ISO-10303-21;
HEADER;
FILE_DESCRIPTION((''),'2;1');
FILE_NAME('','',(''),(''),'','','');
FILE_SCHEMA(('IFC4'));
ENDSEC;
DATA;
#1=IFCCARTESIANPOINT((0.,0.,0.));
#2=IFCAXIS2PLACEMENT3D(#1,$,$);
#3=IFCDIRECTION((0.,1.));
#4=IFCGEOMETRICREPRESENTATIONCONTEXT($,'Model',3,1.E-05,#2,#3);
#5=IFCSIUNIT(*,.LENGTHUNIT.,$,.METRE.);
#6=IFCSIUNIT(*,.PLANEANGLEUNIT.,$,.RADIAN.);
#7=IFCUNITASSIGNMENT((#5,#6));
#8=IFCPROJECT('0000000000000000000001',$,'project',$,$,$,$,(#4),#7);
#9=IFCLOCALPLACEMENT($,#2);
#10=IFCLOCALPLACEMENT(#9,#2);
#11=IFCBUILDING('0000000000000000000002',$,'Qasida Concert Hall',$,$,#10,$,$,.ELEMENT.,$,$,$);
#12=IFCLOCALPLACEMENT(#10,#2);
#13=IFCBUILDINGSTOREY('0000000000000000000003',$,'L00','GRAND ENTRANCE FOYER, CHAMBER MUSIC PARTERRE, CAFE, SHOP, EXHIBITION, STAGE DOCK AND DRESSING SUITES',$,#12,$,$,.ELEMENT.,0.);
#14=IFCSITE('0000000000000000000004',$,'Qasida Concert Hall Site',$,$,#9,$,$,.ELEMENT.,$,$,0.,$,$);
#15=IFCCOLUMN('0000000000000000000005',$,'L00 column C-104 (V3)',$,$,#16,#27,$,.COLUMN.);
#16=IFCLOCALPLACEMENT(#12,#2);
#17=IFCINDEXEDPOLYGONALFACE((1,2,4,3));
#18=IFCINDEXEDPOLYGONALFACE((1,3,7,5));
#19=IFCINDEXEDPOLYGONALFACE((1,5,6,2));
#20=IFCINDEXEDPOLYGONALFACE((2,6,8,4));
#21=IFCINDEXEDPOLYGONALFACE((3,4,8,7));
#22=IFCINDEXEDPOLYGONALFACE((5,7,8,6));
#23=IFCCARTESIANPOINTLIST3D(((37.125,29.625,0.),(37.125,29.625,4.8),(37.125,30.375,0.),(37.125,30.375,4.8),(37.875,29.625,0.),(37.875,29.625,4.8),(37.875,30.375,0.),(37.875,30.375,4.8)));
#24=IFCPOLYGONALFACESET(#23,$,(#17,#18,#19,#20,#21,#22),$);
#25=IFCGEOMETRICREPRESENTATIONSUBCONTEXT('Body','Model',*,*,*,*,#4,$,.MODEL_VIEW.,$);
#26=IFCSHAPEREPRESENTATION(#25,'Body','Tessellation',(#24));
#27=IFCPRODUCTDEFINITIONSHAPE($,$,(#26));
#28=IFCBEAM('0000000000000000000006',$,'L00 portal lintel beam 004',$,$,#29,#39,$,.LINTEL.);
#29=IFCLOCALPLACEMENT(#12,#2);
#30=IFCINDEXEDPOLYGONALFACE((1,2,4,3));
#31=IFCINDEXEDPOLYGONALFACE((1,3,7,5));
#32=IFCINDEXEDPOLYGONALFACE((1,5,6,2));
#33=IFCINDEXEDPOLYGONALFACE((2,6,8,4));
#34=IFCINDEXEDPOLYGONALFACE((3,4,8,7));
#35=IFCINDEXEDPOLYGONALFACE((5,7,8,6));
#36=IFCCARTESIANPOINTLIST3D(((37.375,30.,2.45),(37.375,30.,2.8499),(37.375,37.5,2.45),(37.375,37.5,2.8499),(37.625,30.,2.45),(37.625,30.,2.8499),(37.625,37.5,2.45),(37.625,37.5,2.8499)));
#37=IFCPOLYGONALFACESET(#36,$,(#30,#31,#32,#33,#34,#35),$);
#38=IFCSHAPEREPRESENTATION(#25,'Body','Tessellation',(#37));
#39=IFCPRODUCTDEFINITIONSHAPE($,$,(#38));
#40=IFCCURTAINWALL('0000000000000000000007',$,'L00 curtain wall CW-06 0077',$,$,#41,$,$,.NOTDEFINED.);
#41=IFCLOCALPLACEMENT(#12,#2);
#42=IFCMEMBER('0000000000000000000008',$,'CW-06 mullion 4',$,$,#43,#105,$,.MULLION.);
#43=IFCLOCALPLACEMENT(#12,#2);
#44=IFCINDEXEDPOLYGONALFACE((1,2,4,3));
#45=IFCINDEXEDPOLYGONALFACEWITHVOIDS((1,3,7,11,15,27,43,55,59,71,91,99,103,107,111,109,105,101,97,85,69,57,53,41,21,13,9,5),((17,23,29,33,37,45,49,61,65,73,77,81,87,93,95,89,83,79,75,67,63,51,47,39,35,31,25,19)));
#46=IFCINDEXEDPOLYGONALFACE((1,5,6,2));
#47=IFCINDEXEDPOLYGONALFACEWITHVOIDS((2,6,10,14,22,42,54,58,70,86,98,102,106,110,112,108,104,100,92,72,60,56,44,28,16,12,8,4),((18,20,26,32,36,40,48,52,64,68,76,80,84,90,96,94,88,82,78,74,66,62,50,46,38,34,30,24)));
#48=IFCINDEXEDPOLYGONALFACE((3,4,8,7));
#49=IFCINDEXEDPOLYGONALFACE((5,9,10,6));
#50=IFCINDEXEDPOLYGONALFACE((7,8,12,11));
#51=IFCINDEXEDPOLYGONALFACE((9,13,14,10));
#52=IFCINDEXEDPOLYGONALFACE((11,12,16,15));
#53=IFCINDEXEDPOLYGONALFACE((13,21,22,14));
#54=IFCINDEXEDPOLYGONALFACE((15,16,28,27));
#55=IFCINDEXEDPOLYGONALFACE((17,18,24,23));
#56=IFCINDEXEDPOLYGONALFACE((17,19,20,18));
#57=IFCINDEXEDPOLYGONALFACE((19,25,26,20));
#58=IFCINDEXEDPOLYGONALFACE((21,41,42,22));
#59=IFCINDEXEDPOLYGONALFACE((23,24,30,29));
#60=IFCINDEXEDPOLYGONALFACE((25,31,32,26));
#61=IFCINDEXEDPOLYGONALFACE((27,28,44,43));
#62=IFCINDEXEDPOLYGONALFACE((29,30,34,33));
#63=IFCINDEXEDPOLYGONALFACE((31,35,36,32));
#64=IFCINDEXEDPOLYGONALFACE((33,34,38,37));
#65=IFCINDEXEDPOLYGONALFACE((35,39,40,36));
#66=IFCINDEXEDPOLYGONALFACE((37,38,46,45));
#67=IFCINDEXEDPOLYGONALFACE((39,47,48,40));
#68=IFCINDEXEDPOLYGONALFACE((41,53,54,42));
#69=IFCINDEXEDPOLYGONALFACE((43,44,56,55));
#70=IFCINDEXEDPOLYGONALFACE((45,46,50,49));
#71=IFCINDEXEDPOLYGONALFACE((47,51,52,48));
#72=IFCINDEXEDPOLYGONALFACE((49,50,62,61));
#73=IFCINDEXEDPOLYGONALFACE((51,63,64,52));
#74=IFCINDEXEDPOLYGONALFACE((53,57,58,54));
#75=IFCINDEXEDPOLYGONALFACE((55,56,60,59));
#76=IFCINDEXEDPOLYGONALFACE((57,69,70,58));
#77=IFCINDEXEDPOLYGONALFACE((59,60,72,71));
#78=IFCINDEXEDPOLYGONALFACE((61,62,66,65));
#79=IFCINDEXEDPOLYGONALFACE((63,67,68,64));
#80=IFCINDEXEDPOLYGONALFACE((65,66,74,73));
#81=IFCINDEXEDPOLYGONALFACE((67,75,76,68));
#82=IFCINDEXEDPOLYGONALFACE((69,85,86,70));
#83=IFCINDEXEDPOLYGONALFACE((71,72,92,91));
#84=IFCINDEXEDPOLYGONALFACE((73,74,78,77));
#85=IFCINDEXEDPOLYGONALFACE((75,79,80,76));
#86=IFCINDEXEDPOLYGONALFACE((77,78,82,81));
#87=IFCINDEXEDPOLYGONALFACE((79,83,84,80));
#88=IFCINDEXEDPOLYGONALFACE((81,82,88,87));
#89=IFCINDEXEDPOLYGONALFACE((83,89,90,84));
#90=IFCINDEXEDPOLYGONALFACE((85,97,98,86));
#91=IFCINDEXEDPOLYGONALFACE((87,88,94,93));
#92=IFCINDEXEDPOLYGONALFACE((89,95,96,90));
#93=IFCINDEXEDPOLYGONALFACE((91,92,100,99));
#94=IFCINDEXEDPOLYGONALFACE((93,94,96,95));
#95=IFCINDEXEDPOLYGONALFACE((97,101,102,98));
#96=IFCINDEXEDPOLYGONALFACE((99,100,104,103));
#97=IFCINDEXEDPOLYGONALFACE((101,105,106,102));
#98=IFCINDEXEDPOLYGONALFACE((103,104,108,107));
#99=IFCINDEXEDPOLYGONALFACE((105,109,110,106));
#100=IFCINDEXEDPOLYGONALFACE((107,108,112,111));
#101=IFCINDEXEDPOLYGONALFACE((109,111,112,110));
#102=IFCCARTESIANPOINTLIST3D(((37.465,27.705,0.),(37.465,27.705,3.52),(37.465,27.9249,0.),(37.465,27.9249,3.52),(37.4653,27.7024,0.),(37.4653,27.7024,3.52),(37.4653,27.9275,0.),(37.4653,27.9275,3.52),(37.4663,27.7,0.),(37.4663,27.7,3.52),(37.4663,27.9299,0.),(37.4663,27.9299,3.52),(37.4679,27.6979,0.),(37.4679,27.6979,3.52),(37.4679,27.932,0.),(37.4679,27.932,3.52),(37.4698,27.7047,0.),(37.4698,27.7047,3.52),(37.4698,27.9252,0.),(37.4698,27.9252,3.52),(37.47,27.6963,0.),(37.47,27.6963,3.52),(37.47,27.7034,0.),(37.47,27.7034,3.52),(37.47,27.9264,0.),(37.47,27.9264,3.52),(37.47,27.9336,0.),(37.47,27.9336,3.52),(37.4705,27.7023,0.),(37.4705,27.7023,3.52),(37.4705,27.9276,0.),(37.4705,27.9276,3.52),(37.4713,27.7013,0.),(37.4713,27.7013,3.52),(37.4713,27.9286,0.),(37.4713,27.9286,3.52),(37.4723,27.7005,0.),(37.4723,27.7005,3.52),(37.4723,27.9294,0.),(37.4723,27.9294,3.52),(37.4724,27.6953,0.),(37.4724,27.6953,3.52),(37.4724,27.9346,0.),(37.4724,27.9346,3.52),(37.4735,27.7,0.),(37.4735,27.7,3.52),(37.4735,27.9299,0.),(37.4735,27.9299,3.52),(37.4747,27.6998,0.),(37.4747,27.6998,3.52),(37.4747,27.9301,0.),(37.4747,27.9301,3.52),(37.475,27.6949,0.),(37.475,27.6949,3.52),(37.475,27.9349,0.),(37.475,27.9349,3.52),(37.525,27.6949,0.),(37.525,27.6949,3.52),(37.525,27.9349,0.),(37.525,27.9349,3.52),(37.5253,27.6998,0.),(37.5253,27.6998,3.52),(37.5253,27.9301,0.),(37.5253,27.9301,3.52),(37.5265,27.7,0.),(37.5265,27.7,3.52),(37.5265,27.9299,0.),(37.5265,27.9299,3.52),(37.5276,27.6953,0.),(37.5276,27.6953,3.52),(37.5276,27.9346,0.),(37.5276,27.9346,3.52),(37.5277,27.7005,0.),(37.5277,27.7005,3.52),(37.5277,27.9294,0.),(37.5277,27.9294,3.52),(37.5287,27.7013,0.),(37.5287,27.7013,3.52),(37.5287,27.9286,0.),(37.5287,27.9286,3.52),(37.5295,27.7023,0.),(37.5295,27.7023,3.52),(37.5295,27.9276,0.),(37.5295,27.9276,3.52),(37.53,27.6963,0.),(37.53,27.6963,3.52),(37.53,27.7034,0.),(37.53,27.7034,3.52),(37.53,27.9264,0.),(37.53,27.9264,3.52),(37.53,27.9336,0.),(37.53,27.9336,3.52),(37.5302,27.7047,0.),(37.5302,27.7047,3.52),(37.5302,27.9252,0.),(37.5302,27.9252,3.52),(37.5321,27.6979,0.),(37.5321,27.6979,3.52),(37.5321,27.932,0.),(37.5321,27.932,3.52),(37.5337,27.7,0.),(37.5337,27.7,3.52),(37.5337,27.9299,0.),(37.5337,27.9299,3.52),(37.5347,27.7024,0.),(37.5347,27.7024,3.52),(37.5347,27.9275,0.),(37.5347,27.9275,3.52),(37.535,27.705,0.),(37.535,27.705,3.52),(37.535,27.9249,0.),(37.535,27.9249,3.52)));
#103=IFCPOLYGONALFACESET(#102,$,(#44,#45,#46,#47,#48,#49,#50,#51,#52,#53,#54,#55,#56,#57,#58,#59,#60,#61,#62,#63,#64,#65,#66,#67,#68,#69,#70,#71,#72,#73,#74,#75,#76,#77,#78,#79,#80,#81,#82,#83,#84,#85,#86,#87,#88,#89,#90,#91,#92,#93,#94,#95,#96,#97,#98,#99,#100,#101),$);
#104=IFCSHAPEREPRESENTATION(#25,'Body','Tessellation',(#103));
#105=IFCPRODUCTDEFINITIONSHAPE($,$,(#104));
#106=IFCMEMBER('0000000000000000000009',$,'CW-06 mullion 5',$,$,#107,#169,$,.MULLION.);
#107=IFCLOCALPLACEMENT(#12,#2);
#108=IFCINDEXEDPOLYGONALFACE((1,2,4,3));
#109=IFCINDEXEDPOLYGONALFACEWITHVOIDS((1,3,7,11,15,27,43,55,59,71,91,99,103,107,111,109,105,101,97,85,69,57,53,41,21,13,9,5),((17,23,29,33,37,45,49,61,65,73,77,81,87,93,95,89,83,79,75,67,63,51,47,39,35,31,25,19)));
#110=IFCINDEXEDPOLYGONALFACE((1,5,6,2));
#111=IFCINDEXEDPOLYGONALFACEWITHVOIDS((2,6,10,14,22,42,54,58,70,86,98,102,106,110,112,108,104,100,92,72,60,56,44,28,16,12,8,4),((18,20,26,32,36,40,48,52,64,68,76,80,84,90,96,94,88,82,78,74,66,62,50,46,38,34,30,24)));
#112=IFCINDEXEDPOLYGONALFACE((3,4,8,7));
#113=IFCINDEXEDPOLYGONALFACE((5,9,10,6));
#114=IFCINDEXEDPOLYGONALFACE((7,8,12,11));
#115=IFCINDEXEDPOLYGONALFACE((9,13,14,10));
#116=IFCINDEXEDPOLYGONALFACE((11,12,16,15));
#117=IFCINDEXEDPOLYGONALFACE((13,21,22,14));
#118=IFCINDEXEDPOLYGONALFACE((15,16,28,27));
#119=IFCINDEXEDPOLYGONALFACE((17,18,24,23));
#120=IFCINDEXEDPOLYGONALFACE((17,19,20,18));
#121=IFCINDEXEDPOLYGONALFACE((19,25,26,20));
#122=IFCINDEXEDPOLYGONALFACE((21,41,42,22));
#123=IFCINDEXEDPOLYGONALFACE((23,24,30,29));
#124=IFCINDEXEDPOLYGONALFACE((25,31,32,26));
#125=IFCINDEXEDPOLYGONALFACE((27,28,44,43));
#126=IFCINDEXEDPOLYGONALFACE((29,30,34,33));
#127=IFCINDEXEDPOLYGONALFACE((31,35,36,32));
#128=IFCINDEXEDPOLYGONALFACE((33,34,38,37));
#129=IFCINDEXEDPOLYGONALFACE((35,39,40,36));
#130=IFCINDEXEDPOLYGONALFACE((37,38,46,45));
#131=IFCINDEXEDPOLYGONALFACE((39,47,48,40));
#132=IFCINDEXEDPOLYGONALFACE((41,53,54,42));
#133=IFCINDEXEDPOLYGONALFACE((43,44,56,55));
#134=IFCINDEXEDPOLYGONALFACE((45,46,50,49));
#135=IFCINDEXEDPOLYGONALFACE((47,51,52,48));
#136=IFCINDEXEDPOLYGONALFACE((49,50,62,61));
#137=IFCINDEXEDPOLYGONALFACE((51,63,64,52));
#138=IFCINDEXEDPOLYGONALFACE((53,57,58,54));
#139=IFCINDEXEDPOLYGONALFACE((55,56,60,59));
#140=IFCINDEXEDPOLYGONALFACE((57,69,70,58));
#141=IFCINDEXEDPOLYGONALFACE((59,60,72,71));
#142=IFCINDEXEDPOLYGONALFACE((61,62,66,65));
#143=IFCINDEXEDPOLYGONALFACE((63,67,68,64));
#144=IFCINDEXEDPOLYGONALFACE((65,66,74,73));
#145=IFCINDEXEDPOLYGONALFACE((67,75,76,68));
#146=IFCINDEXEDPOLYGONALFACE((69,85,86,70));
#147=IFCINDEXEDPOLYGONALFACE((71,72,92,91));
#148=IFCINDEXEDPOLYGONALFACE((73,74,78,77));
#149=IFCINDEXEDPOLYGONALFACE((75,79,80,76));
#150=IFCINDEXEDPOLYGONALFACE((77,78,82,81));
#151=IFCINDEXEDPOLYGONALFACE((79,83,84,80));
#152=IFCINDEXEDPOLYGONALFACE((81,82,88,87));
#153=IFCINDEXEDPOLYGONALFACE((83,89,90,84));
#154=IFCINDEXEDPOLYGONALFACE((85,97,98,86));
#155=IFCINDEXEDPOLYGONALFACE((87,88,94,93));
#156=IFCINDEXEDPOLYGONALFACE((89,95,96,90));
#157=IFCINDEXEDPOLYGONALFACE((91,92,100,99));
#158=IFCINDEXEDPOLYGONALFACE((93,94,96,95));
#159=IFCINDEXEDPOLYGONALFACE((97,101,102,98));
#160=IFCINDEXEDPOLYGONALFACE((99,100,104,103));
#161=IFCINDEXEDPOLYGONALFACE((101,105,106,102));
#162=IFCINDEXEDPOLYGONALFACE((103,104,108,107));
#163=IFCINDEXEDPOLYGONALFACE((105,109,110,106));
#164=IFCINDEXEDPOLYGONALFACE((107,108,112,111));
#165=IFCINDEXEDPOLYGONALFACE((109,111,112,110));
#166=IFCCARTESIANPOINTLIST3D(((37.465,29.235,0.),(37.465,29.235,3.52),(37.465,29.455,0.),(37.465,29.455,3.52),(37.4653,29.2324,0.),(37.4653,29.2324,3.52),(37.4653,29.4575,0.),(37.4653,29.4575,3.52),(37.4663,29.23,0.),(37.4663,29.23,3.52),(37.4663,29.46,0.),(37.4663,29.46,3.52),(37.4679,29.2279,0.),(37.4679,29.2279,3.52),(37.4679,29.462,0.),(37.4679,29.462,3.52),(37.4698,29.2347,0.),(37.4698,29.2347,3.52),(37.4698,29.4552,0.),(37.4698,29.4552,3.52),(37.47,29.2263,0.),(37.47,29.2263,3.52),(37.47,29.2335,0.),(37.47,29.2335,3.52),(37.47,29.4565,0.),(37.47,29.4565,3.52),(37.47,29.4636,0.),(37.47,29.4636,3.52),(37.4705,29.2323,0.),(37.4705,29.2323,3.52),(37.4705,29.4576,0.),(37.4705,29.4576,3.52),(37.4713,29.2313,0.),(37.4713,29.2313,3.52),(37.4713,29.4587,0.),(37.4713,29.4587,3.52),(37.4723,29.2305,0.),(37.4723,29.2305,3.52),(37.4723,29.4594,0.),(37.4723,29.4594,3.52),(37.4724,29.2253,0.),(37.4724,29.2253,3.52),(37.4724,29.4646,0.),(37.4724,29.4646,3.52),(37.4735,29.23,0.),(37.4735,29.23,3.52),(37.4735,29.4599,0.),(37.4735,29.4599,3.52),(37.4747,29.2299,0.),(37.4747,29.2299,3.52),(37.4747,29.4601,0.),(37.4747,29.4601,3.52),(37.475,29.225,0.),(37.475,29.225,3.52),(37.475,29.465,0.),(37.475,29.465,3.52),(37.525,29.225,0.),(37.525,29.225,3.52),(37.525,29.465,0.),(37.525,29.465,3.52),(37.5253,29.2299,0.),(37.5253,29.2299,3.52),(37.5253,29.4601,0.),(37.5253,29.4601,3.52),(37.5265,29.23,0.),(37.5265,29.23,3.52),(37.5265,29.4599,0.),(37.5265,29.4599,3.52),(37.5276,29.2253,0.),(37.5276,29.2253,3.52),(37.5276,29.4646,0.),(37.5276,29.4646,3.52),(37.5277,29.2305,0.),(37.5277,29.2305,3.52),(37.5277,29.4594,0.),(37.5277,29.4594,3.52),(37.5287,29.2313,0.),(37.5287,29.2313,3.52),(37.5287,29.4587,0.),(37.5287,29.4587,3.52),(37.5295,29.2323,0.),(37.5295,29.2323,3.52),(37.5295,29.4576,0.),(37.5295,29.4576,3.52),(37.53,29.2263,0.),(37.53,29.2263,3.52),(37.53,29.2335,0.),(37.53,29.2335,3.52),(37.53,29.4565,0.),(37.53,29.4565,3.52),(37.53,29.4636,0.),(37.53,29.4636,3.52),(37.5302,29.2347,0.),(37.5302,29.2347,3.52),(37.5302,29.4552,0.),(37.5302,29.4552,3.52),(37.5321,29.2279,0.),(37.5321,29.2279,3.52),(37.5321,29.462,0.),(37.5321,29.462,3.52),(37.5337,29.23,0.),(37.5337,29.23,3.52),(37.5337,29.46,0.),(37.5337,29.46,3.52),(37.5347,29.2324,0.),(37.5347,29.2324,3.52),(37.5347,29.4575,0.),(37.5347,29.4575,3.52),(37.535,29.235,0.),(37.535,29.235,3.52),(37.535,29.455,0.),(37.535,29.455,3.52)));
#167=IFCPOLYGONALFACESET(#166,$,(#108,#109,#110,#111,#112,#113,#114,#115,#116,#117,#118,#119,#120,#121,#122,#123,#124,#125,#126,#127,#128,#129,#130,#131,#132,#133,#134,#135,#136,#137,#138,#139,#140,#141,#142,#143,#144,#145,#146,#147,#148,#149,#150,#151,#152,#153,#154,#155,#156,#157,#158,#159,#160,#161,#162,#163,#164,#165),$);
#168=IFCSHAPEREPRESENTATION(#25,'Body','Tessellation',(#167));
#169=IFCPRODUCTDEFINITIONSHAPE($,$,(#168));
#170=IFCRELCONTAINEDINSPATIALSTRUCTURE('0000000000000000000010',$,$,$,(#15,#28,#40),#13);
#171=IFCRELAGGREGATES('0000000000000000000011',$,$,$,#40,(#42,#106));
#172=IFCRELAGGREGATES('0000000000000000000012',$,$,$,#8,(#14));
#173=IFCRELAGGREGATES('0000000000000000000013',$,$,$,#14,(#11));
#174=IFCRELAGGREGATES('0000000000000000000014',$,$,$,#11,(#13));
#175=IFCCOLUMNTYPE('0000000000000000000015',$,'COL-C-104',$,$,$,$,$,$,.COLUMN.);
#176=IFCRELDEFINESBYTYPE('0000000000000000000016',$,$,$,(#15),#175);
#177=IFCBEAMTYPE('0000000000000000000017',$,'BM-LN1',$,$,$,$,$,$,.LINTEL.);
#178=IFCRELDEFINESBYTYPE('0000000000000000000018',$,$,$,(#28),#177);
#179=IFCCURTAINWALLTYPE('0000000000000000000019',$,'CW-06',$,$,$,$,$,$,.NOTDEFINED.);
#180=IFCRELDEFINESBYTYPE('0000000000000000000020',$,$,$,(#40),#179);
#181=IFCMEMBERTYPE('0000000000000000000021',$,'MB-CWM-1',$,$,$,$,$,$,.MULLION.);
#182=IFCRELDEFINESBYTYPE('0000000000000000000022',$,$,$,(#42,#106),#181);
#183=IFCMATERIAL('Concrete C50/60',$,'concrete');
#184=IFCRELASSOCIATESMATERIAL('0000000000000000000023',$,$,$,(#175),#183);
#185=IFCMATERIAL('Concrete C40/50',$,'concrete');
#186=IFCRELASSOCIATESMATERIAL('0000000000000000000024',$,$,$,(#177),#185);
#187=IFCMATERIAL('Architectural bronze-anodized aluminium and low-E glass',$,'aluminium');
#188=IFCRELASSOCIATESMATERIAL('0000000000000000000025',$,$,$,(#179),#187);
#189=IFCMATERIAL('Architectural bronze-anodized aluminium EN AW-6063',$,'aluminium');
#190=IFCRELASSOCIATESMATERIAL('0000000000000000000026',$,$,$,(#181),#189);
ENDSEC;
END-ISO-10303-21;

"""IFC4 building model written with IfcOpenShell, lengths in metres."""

from ifc_helpers import new_model, si_unit, direction, frame, origin, origin_2d, place, context, subcontext, project, spatial, rectangle, hollow_rectangle, extrude, material, material_profile, profile_set, type_object, element, aggregate, save


model = new_model("IFC4")

# Units and contexts
model_context = context("Model", 3, precision=1e-05, world=origin(), true_north=direction((0.0, 1.0)))
body_context = subcontext(model_context, "Body", "Model", "MODEL_VIEW")
ifc_project = project(units=[si_unit("LENGTHUNIT", "METRE"), si_unit("PLANEANGLEUNIT", "RADIAN")], contexts=[model_context])

# Site, building, storey
site_placement = place(None, origin())
site = spatial("IfcSite", under=ifc_project, at=site_placement, Name="Qasida Concert Hall Site", CompositionType="ELEMENT", RefElevation=0.0)
building_placement = place(site_placement, origin())
building = spatial("IfcBuilding", under=site, at=building_placement, Name="Qasida Concert Hall", CompositionType="ELEMENT")
storey_placement = place(building_placement, origin())
storey = spatial("IfcBuildingStorey", under=building, at=storey_placement, Name="L00", Description="GRAND ENTRANCE FOYER, CHAMBER MUSIC PARTERRE, CAFE, SHOP, EXHIBITION, STAGE DOCK AND DRESSING SUITES", CompositionType="ELEMENT", Elevation=0.0)

# Column
ifc_material_1 = material(Name="Concrete C50/60", Category="concrete")
ifc_material_profile_1 = material_profile(ifc_material_1, rectangle(XDim=0.75, YDim=0.75, at=origin_2d()), Name="RC 750x750")
ifc_profile_set_1 = profile_set([ifc_material_profile_1], Name="Concrete C50/60")
column_type = type_object("IfcColumnType", Name="COL-C-104", PredefinedType="COLUMN", material=ifc_profile_set_1)
column_placement = place(storey_placement, frame((37.5, 30.0, 0.0), z_axis=(0.0, 0.0, 1.0), x_axis=(1.0, 0.0, 0.0)))
element("IfcColumn", 1, at=column_placement, inside=storey, type_object=column_type, Name="L00 column C-104 (V3)", PredefinedType="COLUMN", context=body_context, shape_type="SweptSolid", body=[
    extrude(rectangle(XDim=0.75, YDim=0.75, at=origin_2d()), origin(), (0.0, 0.0, 1.0), 4.8),
])

# Beam
ifc_material_2 = material(Name="Concrete C40/50", Category="concrete")
ifc_material_profile_2 = material_profile(ifc_material_2, rectangle(XDim=0.25, YDim=0.3999, at=origin_2d()), Name="RC 250x400")
ifc_profile_set_2 = profile_set([ifc_material_profile_2], Name="Concrete C40/50")
beam_type = type_object("IfcBeamType", Name="BM-LN1", PredefinedType="LINTEL", material=ifc_profile_set_2)
beam_placement = place(storey_placement, frame((37.5, 30.0, 2.6499), z_axis=(0.0, 1.0, 0.0), x_axis=(-1.0, 0.0, 0.0)))
element("IfcBeam", 2, at=beam_placement, inside=storey, type_object=beam_type, Name="L00 portal lintel beam 004", PredefinedType="LINTEL", context=body_context, shape_type="SweptSolid", body=[
    extrude(rectangle(XDim=0.25, YDim=0.3999, at=origin_2d()), origin(), (0.0, 0.0, 1.0), 7.5),
])

# Curtain wall, members
ifc_material_3 = material(Name="Architectural bronze-anodized aluminium and low-E glass", Category="aluminium")
curtain_wall_type_1 = type_object("IfcCurtainWallType", Name="CW-06", PredefinedType="NOTDEFINED", material=ifc_material_3)
curtain_wall_1_placement = place(storey_placement, origin())
curtain_wall_1 = element("IfcCurtainWall", 3, at=curtain_wall_1_placement, inside=storey, type_object=curtain_wall_type_1, Name="L00 curtain wall CW-06 0077", PredefinedType="NOTDEFINED")
ifc_material_4 = material(Name="Architectural bronze-anodized aluminium EN AW-6063", Category="aluminium")
ifc_material_profile_3 = material_profile(ifc_material_4, hollow_rectangle(XDim=0.0701, YDim=0.24, WallThickness=0.0049, InnerFilletRadius=0.0049, OuterFilletRadius=0.01, at=origin_2d()), Name="CWM 240x70x5")
ifc_profile_set_3 = profile_set([ifc_material_profile_3], Name="Architectural bronze-anodized aluminium EN AW-6063")
member_type_1 = type_object("IfcMemberType", Name="MB-CWM-1", PredefinedType="MULLION", material=ifc_profile_set_3)
member_1_placement = place(storey_placement, frame((37.5, 27.8149, 0.0), z_axis=(0.0, 0.0, 1.0), x_axis=(-1.0, 0.0, 0.0)))
member_1 = element("IfcMember", 4, at=member_1_placement, type_object=member_type_1, Name="CW-06 mullion 4", PredefinedType="MULLION", context=body_context, shape_type="SweptSolid", body=[
    extrude(hollow_rectangle(XDim=0.0701, YDim=0.24, WallThickness=0.0049, InnerFilletRadius=0.0049, OuterFilletRadius=0.01, at=origin_2d()), origin(), (0.0, 0.0, 1.0), 3.52),
])
member_2_placement = place(storey_placement, frame((37.5, 29.345, 0.0), z_axis=(0.0, 0.0, 1.0), x_axis=(-1.0, 0.0, 0.0)))
member_2 = element("IfcMember", 5, at=member_2_placement, type_object=member_type_1, Name="CW-06 mullion 5", PredefinedType="MULLION", context=body_context, shape_type="SweptSolid", body=[
    extrude(hollow_rectangle(XDim=0.0701, YDim=0.24, WallThickness=0.0049, InnerFilletRadius=0.0049, OuterFilletRadius=0.01, at=origin_2d()), origin(), (0.0, 0.0, 1.0), 3.52),
])

aggregate(curtain_wall_1, [member_1, member_2])

save(model, "model.ifc")
